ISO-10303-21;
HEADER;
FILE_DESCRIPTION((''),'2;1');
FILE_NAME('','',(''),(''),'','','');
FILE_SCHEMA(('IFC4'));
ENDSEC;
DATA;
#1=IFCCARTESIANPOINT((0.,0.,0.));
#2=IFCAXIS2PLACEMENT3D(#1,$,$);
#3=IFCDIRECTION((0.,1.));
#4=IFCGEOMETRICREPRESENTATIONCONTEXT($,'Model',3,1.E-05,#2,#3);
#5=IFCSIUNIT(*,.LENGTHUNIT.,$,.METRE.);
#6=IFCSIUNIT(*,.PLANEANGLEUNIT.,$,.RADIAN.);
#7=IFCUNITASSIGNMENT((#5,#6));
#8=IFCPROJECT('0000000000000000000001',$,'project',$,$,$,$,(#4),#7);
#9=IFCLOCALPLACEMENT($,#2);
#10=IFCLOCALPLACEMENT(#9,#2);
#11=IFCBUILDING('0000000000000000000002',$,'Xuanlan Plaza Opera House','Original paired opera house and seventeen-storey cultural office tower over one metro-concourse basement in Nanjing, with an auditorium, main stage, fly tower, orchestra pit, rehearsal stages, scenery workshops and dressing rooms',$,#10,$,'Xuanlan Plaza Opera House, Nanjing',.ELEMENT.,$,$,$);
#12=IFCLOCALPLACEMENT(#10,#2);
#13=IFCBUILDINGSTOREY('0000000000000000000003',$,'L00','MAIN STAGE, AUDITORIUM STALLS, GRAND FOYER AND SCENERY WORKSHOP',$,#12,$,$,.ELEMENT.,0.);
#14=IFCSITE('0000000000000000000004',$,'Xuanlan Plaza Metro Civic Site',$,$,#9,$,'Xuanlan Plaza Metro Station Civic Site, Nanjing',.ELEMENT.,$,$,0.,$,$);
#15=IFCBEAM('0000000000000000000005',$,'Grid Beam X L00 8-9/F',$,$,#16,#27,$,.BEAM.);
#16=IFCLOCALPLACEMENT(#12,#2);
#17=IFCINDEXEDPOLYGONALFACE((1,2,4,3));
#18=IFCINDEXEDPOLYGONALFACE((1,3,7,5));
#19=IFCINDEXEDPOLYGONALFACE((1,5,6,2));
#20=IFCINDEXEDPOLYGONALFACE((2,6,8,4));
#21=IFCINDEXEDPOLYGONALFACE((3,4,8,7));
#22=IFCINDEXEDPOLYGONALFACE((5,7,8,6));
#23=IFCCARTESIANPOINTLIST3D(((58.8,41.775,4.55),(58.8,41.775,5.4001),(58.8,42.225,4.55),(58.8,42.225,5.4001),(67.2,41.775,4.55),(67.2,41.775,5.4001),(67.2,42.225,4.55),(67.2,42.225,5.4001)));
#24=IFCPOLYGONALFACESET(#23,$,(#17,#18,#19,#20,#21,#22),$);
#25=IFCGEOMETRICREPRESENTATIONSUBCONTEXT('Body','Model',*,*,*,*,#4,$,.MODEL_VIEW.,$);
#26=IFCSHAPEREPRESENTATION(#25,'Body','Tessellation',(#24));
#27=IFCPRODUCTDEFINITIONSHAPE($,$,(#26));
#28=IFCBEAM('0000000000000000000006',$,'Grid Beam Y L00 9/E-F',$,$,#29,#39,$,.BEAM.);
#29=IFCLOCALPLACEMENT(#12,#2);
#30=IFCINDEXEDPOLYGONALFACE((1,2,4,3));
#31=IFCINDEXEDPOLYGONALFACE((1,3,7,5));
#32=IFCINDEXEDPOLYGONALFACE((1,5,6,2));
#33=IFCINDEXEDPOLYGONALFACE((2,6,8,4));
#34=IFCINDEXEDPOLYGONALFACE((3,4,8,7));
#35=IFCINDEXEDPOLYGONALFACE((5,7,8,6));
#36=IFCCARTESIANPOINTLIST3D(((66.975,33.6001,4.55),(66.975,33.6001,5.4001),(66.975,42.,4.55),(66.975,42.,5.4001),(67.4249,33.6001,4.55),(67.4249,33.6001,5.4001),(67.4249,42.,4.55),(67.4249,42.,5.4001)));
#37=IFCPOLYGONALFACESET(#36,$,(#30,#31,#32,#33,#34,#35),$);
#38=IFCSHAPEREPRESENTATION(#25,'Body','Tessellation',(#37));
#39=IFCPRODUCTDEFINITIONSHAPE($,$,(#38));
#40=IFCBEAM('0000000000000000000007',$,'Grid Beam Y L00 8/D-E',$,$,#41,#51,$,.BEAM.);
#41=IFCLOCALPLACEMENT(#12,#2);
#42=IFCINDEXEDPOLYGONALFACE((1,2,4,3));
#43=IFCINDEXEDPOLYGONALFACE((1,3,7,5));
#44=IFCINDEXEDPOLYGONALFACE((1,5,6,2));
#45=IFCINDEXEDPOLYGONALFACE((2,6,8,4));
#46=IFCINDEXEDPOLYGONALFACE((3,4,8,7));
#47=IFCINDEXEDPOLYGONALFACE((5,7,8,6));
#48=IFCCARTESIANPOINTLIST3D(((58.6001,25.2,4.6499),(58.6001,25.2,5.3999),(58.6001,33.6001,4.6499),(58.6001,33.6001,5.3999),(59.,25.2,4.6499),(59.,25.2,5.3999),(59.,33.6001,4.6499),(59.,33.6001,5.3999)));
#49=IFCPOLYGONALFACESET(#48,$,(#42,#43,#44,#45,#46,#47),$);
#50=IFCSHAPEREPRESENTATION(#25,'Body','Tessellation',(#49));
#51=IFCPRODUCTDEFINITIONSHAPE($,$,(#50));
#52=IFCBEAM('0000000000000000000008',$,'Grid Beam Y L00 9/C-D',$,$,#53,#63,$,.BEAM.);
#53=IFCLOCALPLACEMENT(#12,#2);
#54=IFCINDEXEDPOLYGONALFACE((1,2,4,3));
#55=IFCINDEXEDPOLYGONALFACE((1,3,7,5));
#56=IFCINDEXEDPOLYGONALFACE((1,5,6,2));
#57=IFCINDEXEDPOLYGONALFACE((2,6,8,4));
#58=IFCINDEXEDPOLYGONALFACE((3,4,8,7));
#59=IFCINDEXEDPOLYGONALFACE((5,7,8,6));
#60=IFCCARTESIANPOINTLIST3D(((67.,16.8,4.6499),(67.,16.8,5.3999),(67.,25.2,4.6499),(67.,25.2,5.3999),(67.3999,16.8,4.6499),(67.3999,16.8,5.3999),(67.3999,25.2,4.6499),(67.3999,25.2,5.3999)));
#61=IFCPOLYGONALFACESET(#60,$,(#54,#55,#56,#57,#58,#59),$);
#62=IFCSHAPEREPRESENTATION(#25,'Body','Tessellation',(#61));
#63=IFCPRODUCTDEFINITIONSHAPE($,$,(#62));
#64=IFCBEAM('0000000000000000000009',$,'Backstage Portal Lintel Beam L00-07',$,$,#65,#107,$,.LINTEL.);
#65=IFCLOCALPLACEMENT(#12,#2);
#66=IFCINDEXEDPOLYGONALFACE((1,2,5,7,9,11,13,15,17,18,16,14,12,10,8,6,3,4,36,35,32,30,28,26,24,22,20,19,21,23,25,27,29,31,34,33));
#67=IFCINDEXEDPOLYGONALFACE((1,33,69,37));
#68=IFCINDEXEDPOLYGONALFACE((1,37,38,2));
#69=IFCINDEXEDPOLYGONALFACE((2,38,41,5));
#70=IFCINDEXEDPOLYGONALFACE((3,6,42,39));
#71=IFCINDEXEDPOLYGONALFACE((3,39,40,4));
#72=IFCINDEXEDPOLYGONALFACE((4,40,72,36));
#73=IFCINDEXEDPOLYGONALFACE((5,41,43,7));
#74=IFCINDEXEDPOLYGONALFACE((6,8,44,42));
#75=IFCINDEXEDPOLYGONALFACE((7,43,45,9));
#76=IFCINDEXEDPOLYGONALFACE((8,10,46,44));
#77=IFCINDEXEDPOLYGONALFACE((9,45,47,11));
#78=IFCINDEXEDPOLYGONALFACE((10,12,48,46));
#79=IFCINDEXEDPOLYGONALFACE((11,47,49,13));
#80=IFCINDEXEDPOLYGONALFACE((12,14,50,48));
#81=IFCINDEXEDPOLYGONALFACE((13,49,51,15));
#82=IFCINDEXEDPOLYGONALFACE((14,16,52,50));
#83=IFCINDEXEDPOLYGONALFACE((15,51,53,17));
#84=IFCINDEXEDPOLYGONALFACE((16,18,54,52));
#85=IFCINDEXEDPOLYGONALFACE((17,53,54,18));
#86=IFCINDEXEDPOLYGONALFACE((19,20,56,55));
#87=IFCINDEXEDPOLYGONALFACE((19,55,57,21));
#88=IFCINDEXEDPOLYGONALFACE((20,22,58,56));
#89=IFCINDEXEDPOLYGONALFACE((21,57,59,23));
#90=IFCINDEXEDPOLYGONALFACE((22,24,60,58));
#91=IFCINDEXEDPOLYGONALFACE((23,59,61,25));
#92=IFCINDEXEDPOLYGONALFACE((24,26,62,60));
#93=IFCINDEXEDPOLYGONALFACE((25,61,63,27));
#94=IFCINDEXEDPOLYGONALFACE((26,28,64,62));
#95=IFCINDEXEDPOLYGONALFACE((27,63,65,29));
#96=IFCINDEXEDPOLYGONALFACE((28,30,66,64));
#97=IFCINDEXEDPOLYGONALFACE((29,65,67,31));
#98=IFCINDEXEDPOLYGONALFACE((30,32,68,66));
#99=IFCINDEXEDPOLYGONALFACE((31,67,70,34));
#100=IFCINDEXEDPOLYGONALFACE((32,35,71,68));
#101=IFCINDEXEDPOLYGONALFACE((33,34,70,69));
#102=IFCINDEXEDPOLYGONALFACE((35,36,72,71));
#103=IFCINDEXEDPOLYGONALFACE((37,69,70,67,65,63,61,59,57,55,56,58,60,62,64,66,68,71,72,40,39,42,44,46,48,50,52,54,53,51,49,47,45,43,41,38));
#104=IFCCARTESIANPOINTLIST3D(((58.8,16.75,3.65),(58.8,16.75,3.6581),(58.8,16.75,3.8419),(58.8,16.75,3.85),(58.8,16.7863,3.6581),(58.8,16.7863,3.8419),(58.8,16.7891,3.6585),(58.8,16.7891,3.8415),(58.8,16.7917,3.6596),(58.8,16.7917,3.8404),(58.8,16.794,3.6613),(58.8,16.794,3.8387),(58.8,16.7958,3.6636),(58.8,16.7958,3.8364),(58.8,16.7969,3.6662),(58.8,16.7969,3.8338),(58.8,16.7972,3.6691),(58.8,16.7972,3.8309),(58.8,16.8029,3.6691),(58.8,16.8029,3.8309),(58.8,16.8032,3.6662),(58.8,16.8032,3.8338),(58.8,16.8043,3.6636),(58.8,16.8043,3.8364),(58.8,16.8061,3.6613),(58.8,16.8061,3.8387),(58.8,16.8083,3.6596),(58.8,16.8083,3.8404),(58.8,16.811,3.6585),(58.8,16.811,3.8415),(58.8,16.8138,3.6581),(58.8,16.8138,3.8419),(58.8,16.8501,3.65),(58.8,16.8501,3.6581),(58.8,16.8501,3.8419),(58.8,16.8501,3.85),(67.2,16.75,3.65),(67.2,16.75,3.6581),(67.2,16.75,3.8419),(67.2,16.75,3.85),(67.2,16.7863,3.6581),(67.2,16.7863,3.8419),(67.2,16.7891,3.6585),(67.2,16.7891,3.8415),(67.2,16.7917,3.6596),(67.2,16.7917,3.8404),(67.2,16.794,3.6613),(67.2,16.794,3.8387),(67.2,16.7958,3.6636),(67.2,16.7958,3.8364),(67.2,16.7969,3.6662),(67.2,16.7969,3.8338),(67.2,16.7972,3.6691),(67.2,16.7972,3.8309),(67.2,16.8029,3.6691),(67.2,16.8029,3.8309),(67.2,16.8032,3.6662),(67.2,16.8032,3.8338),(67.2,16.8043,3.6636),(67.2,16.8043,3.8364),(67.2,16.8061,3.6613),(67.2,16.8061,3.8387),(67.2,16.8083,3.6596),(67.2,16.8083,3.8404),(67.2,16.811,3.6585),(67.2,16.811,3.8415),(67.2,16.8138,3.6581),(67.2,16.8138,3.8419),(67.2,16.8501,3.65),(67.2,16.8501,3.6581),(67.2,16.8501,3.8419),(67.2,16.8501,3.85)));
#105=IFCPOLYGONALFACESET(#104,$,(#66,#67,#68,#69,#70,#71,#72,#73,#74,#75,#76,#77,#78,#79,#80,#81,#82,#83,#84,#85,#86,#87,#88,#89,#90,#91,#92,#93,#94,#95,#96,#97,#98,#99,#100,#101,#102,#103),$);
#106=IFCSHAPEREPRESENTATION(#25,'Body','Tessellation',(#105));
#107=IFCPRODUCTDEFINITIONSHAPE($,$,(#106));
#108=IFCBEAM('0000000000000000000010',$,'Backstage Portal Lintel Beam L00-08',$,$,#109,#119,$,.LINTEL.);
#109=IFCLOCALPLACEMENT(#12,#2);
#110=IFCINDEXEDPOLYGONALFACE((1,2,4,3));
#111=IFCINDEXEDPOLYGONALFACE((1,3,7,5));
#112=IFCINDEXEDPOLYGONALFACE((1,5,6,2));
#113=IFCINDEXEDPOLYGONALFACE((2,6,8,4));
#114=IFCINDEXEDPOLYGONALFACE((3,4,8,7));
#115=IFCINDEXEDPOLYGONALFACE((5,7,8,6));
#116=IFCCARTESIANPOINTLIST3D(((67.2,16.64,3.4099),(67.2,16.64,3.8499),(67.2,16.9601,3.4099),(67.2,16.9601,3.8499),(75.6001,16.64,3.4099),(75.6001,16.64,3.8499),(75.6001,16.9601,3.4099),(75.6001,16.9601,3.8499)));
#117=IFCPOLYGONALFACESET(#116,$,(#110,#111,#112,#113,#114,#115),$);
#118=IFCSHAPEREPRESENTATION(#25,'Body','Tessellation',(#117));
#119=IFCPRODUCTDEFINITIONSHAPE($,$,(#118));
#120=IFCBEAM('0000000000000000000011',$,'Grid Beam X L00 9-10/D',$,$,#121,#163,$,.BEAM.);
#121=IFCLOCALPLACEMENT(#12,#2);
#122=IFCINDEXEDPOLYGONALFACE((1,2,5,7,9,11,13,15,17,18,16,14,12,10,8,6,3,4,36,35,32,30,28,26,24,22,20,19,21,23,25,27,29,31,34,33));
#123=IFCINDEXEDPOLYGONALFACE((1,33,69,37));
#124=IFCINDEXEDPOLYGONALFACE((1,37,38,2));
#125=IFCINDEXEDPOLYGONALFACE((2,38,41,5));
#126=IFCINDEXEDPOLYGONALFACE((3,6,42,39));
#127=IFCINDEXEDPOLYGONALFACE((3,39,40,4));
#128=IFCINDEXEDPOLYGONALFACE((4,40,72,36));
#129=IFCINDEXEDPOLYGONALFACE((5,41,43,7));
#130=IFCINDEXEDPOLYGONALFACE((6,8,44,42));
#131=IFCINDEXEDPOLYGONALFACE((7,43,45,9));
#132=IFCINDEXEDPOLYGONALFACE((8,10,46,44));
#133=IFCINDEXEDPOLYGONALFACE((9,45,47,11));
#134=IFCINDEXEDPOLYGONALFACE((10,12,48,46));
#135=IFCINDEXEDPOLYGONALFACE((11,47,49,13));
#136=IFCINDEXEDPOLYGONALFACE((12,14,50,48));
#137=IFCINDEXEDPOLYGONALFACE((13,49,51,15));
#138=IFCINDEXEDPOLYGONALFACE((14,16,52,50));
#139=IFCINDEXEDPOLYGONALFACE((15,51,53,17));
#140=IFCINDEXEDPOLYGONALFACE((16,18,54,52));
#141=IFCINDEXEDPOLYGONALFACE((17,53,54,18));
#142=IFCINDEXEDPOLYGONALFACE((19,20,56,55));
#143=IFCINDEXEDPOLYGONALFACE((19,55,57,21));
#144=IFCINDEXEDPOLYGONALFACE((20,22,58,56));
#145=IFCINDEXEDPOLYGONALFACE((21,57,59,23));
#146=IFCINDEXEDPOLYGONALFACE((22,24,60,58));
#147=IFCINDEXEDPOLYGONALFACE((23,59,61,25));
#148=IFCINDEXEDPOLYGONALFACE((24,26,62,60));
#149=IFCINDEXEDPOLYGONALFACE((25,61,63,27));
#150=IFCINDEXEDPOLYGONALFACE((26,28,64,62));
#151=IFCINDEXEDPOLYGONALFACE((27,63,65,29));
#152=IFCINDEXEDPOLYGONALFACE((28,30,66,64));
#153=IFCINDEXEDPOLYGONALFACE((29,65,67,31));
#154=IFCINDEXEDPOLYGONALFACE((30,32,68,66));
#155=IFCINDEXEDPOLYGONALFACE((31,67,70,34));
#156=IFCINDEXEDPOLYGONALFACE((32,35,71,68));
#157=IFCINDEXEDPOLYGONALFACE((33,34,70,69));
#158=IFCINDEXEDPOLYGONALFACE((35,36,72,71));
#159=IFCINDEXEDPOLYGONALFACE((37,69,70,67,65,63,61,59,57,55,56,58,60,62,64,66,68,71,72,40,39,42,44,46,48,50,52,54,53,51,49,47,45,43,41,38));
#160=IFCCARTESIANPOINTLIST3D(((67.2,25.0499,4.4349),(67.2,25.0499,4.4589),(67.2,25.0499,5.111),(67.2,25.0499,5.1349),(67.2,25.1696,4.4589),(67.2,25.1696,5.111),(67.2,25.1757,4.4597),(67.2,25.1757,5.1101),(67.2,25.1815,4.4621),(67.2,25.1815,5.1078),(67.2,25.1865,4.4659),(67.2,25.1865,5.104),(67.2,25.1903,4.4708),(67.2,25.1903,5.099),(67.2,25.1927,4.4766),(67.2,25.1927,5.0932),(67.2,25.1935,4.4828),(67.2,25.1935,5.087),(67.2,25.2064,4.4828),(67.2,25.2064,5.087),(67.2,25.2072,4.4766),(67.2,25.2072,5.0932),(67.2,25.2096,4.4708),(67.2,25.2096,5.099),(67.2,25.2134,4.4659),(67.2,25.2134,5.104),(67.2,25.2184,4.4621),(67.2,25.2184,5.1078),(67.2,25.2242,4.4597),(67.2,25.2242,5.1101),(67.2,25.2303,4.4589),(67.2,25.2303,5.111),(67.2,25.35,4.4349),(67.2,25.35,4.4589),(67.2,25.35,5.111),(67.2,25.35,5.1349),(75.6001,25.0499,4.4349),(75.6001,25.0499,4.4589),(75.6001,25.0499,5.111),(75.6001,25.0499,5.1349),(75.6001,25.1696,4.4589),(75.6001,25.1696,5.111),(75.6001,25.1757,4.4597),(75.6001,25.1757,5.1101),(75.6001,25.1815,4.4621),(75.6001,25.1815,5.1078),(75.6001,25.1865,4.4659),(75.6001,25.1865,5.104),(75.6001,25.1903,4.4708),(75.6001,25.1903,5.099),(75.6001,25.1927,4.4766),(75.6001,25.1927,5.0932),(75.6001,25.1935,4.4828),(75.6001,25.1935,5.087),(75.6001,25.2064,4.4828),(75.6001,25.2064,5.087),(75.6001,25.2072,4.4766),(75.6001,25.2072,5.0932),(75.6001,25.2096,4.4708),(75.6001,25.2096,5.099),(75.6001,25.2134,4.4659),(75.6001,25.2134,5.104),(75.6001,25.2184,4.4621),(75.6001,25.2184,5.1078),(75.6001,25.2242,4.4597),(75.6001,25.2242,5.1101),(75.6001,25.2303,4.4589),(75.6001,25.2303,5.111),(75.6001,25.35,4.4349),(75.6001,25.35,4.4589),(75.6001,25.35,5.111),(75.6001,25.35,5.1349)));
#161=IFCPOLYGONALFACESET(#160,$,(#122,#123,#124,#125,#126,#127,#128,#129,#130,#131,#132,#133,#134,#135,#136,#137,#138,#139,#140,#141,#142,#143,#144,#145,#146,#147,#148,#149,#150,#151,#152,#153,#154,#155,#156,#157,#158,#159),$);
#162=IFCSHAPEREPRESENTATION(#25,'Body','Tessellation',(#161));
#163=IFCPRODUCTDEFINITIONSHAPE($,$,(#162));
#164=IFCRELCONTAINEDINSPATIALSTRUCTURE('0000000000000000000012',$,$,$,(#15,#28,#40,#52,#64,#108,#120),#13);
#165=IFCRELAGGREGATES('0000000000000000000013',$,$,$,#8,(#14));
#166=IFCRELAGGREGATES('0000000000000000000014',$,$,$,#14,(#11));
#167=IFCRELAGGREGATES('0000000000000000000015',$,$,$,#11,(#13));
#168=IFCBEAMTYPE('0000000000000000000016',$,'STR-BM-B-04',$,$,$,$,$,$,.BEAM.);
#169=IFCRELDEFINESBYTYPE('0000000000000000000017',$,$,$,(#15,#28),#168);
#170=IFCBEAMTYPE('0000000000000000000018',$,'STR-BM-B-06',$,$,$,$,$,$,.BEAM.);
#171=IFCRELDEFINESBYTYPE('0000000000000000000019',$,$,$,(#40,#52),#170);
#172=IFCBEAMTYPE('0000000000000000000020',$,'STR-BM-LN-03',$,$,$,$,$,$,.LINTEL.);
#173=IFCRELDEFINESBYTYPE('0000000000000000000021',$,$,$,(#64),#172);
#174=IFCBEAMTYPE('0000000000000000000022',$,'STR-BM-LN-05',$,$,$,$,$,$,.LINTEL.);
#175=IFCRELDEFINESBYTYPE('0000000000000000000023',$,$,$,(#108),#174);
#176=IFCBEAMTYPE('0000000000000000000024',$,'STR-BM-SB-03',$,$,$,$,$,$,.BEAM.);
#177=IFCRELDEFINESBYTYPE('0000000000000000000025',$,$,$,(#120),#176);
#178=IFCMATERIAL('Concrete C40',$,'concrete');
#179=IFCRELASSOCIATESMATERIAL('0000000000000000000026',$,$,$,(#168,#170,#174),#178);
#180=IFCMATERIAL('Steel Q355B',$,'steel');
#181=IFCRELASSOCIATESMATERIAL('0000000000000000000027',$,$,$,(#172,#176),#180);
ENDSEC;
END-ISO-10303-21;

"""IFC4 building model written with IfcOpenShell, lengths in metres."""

from ifc_helpers import new_model, si_unit, direction, frame, origin, origin_2d, place, context, subcontext, project, spatial, rectangle, i_section, extrude, material, material_profile, profile_set, type_object, element, save


model = new_model("IFC4")

# Units and contexts
model_context = context("Model", 3, precision=1e-05, world=origin(), true_north=direction((0.0, 1.0)))
body_context = subcontext(model_context, "Body", "Model", "MODEL_VIEW")
ifc_project = project(units=[si_unit("LENGTHUNIT", "METRE"), si_unit("PLANEANGLEUNIT", "RADIAN")], contexts=[model_context])

# Site, building, storey
site_placement = place(None, origin())
site = spatial("IfcSite", under=ifc_project, at=site_placement, Name="Xuanlan Plaza Metro Civic Site", LongName="Xuanlan Plaza Metro Station Civic Site, Nanjing", CompositionType="ELEMENT", RefElevation=0.0)
building_placement = place(site_placement, origin())
building = spatial("IfcBuilding", under=site, at=building_placement, Name="Xuanlan Plaza Opera House", Description="Original paired opera house and seventeen-storey cultural office tower over one metro-concourse basement in Nanjing, with an auditorium, main stage, fly tower, orchestra pit, rehearsal stages, scenery workshops and dressing rooms", LongName="Xuanlan Plaza Opera House, Nanjing", CompositionType="ELEMENT")
storey_placement = place(building_placement, origin())
storey = spatial("IfcBuildingStorey", under=building, at=storey_placement, Name="L00", Description="MAIN STAGE, AUDITORIUM STALLS, GRAND FOYER AND SCENERY WORKSHOP", CompositionType="ELEMENT", Elevation=0.0)

# Shared definitions
ifc_material_1 = material(Name="Concrete C40", Category="concrete")

# Beams
ifc_material_profile_1 = material_profile(ifc_material_1, rectangle(XDim=0.45, YDim=0.8501, at=origin_2d()), Name="RC-BM 450x850")
ifc_profile_set_1 = profile_set([ifc_material_profile_1], Name="Concrete C40")
beam_type_1 = type_object("IfcBeamType", Name="STR-BM-B-04", PredefinedType="BEAM", material=ifc_profile_set_1)
for number, where, z_axis, x_axis, name in (
    (1, (58.8, 42.0, 4.9751), (1.0, 0.0, 0.0), (0.0, 1.0, 0.0), "Grid Beam X L00 8-9/F"),
    (2, (67.2, 33.6001, 4.9751), (0.0, 1.0, 0.0), (-1.0, 0.0, 0.0), "Grid Beam Y L00 9/E-F"),
):
    element("IfcBeam", number, at=place(storey_placement, frame(where, z_axis=z_axis, x_axis=x_axis)), inside=storey, type_object=beam_type_1, Name=name, PredefinedType="BEAM", context=body_context, shape_type="SweptSolid", body=[
        extrude(rectangle(XDim=0.45, YDim=0.8501, at=origin_2d()), origin(), (0.0, 0.0, 1.0), 8.3999),
    ])
ifc_material_profile_2 = material_profile(ifc_material_1, rectangle(XDim=0.3999, YDim=0.75, at=origin_2d()), Name="RC-BM 400x750")
ifc_profile_set_2 = profile_set([ifc_material_profile_2], Name="Concrete C40")
beam_type_2 = type_object("IfcBeamType", Name="STR-BM-B-06", PredefinedType="BEAM", material=ifc_profile_set_2)
beam_1_placement = place(storey_placement, frame((58.8, 25.2, 5.0249), z_axis=(0.0, 1.0, 0.0), x_axis=(-1.0, 0.0, 0.0)))
element("IfcBeam", 3, at=beam_1_placement, inside=storey, type_object=beam_type_2, Name="Grid Beam Y L00 8/D-E", PredefinedType="BEAM", context=body_context, shape_type="SweptSolid", body=[
    extrude(rectangle(XDim=0.3999, YDim=0.75, at=origin_2d()), origin(), (0.0, 0.0, 1.0), 8.4001),
])
beam_2_placement = place(storey_placement, frame((67.2, 16.8, 5.0249), z_axis=(0.0, 1.0, 0.0), x_axis=(-1.0, 0.0, 0.0)))
element("IfcBeam", 4, at=beam_2_placement, inside=storey, type_object=beam_type_2, Name="Grid Beam Y L00 9/C-D", PredefinedType="BEAM", context=body_context, shape_type="SweptSolid", body=[
    extrude(rectangle(XDim=0.3999, YDim=0.75, at=origin_2d()), origin(), (0.0, 0.0, 1.0), 8.3999),
])
ifc_material_2 = material(Name="Steel Q355B", Category="steel")
ifc_material_profile_3 = material_profile(ifc_material_2, i_section(OverallWidth=0.1001, OverallDepth=0.2, WebThickness=0.0056, FlangeThickness=0.0081, FilletRadius=0.011, at=origin_2d()), Name="HN 200x100x5.5x8")
ifc_profile_set_3 = profile_set([ifc_material_profile_3], Name="Steel Q355B")
beam_type_3 = type_object("IfcBeamType", Name="STR-BM-LN-03", PredefinedType="LINTEL", material=ifc_profile_set_3)
beam_3_placement = place(storey_placement, frame((58.8, 16.8, 3.75), z_axis=(1.0, 0.0, 0.0), x_axis=(0.0, 1.0, 0.0)))
element("IfcBeam", 5, at=beam_3_placement, inside=storey, type_object=beam_type_3, Name="Backstage Portal Lintel Beam L00-07", PredefinedType="LINTEL", context=body_context, shape_type="SweptSolid", body=[
    extrude(i_section(OverallWidth=0.1001, OverallDepth=0.2, WebThickness=0.0056, FlangeThickness=0.0081, FilletRadius=0.011, at=origin_2d()), origin(), (0.0, 0.0, 1.0), 8.3999),
])
ifc_material_profile_4 = material_profile(ifc_material_1, rectangle(XDim=0.3201, YDim=0.4399, at=origin_2d()), Name="RC-LNT 320x440")
ifc_profile_set_4 = profile_set([ifc_material_profile_4], Name="Concrete C40")
beam_type_4 = type_object("IfcBeamType", Name="STR-BM-LN-05", PredefinedType="LINTEL", material=ifc_profile_set_4)
beam_4_placement = place(storey_placement, frame((67.2, 16.8, 3.6299), z_axis=(1.0, 0.0, 0.0), x_axis=(0.0, 1.0, 0.0)))
element("IfcBeam", 6, at=beam_4_placement, inside=storey, type_object=beam_type_4, Name="Backstage Portal Lintel Beam L00-08", PredefinedType="LINTEL", context=body_context, shape_type="SweptSolid", body=[
    extrude(rectangle(XDim=0.3201, YDim=0.4399, at=origin_2d()), origin(), (0.0, 0.0, 1.0), 8.4001),
])
ifc_material_profile_5 = material_profile(ifc_material_2, i_section(OverallWidth=0.3, OverallDepth=0.7, WebThickness=0.0129, FlangeThickness=0.0239, FilletRadius=0.0239, at=origin_2d()), Name="HN 700x300x13x24")
ifc_profile_set_5 = profile_set([ifc_material_profile_5], Name="Steel Q355B")
beam_type_5 = type_object("IfcBeamType", Name="STR-BM-SB-03", PredefinedType="BEAM", material=ifc_profile_set_5)
beam_5_placement = place(storey_placement, frame((67.2, 25.2, 4.7849), z_axis=(1.0, 0.0, 0.0), x_axis=(0.0, 1.0, 0.0)))
element("IfcBeam", 7, at=beam_5_placement, inside=storey, type_object=beam_type_5, Name="Grid Beam X L00 9-10/D", PredefinedType="BEAM", context=body_context, shape_type="SweptSolid", body=[
    extrude(i_section(OverallWidth=0.3, OverallDepth=0.7, WebThickness=0.0129, FlangeThickness=0.0239, FilletRadius=0.0239, at=origin_2d()), origin(), (0.0, 0.0, 1.0), 8.4001),
])

save(model, "model.ifc")
